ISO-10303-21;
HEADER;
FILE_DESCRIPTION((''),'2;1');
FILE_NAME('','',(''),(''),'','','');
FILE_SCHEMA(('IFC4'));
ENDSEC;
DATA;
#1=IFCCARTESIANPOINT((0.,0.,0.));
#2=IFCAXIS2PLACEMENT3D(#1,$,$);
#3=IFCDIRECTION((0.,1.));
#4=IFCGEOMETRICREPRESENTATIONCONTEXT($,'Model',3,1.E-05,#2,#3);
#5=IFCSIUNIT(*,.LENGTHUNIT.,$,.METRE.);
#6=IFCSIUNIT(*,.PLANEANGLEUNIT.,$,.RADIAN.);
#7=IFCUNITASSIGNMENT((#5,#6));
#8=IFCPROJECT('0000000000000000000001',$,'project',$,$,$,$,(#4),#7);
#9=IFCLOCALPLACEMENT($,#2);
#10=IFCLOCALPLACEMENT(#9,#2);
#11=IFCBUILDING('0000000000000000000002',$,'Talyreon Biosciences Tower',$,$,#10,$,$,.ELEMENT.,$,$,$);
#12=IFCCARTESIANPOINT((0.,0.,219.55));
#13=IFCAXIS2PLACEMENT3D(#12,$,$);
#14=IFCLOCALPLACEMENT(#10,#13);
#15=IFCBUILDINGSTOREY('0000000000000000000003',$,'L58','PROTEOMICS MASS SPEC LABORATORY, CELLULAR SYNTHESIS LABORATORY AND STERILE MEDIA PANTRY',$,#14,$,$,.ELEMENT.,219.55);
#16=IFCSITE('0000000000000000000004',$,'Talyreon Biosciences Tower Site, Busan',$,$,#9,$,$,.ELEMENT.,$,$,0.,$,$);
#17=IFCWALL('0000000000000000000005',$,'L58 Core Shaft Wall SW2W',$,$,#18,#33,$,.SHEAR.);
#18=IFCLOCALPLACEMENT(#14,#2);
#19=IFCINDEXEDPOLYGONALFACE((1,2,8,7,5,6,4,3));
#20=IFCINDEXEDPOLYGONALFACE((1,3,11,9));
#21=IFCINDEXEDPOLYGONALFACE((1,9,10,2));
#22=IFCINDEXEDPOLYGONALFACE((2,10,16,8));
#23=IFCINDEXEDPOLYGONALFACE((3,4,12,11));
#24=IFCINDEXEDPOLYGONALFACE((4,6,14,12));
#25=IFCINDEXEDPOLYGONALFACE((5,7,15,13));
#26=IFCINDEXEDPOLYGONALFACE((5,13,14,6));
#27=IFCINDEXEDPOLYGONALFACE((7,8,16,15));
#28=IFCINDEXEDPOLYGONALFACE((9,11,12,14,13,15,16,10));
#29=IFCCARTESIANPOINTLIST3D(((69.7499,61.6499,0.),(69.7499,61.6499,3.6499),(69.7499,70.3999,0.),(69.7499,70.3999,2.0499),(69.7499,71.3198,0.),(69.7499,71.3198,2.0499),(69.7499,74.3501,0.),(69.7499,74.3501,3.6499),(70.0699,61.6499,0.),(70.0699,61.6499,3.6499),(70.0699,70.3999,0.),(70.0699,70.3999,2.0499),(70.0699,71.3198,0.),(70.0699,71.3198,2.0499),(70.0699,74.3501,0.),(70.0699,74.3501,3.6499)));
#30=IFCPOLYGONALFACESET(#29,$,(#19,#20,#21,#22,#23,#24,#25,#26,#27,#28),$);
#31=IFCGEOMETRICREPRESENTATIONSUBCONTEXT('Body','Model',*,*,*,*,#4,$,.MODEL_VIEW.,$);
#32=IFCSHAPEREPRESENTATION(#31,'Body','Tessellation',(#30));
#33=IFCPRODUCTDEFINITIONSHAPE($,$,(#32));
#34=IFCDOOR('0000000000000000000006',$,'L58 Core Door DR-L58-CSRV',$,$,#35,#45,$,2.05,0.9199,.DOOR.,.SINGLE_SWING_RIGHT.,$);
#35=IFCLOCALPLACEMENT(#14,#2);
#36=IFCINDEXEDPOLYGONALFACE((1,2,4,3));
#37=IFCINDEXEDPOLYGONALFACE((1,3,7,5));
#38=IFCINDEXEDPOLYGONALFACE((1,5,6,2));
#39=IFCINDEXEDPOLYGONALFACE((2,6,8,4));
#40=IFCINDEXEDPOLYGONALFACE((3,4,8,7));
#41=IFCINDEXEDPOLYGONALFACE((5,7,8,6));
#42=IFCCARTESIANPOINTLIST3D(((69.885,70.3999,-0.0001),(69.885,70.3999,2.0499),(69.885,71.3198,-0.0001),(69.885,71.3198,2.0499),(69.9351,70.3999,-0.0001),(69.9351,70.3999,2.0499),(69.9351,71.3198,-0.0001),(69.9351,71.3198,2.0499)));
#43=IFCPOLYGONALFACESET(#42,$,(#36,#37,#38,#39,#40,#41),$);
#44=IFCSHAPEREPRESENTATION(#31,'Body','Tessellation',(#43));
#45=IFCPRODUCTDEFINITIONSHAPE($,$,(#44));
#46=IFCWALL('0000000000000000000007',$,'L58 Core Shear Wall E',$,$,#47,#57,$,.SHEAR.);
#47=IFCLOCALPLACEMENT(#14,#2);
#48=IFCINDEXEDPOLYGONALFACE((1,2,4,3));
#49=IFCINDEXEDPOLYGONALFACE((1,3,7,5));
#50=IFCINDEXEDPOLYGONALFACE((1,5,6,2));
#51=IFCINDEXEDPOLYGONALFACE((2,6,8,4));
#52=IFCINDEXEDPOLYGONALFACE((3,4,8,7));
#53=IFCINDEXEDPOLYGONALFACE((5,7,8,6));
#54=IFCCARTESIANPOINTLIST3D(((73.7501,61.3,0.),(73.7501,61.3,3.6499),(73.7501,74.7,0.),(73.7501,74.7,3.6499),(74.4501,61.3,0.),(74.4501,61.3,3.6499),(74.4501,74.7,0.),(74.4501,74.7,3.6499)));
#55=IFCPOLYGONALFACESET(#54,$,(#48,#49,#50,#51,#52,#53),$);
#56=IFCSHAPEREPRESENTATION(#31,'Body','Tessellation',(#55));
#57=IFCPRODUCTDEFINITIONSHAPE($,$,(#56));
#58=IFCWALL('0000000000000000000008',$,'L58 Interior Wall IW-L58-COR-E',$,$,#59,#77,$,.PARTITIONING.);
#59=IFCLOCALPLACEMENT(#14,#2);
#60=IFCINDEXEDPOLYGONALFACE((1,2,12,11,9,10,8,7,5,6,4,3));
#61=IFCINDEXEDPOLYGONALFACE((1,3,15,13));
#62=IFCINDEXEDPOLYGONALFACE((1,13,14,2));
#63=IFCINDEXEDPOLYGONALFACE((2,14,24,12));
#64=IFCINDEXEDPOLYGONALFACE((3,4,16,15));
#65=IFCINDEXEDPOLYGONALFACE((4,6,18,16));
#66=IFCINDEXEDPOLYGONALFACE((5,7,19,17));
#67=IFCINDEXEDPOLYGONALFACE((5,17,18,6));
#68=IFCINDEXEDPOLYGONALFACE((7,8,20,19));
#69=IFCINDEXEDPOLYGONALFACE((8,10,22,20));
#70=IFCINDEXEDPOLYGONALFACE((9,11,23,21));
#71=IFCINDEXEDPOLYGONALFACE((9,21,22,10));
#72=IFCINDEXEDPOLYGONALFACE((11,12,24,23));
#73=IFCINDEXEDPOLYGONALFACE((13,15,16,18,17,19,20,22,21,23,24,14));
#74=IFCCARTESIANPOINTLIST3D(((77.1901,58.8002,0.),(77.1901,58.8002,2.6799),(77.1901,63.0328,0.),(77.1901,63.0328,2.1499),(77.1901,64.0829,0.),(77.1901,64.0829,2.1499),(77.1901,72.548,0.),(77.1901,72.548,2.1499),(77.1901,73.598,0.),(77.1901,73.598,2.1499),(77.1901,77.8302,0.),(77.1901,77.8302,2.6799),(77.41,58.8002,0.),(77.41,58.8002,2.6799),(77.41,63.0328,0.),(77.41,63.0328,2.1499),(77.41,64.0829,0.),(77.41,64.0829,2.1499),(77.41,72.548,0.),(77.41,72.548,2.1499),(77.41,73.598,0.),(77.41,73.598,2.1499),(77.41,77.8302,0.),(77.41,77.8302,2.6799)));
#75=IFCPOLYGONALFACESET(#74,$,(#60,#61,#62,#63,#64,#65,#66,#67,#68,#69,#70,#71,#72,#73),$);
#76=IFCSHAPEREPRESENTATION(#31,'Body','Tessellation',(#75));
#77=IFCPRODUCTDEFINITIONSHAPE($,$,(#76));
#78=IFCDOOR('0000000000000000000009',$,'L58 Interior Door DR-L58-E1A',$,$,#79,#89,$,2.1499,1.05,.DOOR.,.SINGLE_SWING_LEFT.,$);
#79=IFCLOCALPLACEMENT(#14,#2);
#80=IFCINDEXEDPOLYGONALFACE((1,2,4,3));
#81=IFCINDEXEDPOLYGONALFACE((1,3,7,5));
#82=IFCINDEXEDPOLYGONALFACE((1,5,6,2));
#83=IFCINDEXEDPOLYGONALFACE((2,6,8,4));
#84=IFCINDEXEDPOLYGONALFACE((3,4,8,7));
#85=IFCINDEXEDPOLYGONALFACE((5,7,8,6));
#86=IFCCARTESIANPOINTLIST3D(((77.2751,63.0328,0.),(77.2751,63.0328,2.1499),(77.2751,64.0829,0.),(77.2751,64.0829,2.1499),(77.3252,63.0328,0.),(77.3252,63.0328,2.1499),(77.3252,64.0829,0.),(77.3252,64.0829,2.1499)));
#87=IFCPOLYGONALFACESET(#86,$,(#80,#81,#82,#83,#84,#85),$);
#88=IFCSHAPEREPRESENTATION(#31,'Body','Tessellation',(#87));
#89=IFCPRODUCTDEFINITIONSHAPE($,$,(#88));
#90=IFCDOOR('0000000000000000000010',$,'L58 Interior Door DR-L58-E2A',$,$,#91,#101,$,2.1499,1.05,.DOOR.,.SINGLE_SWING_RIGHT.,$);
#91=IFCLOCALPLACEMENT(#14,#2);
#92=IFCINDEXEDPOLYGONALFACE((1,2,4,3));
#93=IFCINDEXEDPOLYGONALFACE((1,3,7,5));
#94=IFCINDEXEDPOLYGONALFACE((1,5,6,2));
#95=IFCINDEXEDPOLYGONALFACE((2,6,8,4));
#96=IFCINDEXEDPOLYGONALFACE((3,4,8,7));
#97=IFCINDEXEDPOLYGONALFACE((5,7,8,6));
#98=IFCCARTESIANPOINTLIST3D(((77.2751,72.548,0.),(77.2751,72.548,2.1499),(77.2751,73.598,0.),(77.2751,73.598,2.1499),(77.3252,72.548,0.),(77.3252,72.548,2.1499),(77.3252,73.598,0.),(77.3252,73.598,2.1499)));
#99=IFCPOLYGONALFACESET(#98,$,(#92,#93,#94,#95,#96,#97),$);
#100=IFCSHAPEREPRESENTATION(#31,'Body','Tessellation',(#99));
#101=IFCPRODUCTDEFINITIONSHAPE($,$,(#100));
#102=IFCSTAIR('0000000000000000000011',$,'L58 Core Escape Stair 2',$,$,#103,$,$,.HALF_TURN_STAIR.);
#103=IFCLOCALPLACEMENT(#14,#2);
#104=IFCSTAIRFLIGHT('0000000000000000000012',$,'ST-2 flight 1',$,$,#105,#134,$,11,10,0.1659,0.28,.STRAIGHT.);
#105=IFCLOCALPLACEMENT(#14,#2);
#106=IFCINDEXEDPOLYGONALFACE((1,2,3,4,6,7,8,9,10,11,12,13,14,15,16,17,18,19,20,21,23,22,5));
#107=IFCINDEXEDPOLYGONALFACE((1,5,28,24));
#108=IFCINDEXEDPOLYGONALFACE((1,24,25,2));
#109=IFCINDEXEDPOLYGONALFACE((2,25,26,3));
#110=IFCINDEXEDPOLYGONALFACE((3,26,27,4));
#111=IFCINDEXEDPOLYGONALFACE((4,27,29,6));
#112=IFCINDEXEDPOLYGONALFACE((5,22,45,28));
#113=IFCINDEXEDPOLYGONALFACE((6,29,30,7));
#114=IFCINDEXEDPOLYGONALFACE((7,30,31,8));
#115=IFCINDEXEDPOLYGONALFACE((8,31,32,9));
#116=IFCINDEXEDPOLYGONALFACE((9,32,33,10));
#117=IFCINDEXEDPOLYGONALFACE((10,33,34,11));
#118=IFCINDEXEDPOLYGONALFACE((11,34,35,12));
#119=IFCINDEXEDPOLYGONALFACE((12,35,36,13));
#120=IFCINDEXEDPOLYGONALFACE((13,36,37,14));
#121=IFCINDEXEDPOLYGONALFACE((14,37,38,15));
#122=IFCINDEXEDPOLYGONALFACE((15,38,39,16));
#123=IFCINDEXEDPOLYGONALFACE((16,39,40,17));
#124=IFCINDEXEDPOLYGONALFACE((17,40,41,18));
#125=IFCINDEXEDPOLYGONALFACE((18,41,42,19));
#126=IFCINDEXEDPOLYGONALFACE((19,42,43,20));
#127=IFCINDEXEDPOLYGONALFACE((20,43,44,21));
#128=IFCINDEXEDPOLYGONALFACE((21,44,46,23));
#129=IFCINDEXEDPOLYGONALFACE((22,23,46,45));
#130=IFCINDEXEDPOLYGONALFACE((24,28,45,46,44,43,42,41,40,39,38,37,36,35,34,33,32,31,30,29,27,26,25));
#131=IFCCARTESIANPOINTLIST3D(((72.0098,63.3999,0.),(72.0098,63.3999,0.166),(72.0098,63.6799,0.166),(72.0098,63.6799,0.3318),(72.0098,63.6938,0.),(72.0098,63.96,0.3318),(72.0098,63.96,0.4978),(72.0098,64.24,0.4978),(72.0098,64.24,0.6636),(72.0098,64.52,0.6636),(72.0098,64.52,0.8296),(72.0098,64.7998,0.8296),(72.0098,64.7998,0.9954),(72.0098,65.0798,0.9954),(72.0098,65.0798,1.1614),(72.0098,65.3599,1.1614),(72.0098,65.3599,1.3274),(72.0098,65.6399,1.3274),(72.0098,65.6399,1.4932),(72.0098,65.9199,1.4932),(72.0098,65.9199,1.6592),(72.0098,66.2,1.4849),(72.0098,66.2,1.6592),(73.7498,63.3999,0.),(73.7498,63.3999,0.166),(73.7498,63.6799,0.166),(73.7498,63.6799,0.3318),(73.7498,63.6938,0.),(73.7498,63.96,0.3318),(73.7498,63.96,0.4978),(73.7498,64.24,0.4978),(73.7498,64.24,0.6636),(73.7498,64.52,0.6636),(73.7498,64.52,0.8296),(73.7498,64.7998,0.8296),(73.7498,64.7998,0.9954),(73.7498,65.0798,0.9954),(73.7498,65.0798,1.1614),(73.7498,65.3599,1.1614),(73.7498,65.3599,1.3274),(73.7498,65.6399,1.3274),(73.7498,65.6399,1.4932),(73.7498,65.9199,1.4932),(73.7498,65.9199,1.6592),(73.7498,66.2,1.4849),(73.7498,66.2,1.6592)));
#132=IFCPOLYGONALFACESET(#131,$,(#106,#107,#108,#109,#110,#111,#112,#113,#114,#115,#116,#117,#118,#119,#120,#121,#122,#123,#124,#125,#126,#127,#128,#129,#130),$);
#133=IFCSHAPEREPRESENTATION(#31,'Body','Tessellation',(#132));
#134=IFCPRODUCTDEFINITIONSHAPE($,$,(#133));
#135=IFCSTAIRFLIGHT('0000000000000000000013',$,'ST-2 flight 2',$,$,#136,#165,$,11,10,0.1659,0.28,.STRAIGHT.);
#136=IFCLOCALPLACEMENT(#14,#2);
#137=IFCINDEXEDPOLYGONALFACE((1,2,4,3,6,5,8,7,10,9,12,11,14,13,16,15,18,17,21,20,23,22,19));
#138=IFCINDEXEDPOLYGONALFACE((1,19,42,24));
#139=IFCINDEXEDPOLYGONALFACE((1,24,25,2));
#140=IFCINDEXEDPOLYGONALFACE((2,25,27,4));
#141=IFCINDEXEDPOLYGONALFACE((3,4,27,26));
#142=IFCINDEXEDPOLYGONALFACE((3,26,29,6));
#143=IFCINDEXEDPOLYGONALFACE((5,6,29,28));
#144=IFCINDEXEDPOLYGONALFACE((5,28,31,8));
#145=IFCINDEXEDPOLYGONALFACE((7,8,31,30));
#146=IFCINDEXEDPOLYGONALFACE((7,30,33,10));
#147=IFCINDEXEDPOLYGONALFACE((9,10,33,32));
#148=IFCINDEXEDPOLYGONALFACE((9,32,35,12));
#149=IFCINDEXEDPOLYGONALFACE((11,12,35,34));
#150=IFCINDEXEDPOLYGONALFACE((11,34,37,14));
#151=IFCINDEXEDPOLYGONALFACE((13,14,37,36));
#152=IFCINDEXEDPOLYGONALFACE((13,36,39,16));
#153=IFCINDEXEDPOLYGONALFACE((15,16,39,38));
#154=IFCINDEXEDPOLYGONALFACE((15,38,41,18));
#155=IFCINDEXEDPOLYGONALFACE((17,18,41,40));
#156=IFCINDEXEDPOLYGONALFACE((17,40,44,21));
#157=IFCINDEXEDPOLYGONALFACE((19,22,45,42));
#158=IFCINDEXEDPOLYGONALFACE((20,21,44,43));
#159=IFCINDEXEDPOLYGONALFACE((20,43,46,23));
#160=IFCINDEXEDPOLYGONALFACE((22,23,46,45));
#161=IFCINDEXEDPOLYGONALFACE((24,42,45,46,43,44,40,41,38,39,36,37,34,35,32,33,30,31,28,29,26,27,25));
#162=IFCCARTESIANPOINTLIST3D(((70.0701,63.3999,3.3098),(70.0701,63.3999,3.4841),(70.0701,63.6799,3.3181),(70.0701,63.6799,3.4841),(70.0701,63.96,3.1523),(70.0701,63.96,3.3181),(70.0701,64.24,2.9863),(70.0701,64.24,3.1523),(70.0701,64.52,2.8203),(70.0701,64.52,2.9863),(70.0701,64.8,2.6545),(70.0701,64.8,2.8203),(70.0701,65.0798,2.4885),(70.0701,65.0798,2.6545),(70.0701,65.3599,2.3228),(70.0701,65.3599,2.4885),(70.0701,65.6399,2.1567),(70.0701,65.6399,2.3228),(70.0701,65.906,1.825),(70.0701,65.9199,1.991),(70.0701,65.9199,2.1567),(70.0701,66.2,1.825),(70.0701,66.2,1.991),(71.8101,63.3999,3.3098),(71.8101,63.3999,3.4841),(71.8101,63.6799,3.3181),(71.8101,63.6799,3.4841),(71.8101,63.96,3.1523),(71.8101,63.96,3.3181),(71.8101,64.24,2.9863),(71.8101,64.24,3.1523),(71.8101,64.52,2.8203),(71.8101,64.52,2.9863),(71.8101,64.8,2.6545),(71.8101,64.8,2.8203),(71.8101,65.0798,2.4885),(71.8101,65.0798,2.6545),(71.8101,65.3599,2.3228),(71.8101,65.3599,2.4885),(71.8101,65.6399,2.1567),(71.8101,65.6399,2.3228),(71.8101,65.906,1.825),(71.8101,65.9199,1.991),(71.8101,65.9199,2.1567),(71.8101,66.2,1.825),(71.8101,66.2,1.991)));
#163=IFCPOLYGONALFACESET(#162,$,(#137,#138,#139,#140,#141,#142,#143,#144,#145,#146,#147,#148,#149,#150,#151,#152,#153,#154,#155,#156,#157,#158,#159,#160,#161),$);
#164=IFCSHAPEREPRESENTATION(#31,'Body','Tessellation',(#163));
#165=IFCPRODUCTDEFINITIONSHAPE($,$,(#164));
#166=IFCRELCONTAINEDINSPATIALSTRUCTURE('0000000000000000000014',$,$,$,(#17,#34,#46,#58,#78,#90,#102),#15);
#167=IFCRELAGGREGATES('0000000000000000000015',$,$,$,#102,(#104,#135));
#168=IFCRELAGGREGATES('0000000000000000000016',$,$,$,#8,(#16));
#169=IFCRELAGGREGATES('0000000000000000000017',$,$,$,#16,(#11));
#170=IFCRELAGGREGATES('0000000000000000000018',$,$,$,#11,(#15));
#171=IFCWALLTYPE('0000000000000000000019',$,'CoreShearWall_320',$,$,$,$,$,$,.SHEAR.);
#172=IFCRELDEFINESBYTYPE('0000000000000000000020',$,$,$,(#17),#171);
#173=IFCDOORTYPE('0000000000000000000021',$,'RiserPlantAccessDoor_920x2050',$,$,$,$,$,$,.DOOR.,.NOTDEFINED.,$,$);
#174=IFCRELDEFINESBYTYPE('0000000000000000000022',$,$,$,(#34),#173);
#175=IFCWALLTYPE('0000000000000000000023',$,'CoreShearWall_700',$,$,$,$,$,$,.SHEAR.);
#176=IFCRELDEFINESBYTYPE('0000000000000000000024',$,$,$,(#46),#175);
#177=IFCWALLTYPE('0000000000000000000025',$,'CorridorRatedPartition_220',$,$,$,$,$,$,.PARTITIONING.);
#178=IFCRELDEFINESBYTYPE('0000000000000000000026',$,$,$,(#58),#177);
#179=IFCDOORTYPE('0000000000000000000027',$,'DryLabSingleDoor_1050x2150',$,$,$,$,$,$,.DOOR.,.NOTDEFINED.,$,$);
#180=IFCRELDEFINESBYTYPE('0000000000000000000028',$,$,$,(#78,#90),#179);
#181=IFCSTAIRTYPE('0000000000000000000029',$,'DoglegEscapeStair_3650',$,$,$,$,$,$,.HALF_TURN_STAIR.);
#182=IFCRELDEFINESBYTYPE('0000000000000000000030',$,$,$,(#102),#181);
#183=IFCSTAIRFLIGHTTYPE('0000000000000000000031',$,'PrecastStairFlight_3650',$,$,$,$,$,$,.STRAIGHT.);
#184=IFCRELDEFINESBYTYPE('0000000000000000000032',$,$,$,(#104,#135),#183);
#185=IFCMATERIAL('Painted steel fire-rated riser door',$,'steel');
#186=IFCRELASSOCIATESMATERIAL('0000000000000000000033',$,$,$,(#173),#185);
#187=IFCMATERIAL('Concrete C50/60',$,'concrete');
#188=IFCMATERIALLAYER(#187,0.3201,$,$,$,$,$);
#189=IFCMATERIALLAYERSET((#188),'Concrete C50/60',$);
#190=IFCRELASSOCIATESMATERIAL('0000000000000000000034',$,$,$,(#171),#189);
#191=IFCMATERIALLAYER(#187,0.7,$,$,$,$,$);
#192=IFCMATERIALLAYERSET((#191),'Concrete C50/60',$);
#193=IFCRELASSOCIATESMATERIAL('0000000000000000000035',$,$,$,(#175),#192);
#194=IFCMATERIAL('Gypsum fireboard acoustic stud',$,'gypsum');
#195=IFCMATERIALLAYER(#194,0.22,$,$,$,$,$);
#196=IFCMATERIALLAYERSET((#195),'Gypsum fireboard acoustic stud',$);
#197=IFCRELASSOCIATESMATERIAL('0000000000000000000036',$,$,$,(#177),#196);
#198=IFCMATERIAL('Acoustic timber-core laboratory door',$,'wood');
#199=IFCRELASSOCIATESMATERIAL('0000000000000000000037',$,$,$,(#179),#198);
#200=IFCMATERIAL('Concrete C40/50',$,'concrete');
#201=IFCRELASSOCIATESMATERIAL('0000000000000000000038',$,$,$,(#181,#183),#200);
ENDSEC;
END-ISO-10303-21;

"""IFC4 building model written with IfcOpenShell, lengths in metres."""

from ifc_helpers import new_model, si_unit, direction, frame, frame_2d, origin, place, context, subcontext, project, spatial, polyline, rectangle, outline, extrude, material, layer, layer_set, type_object, element, fill, aggregate, save


model = new_model("IFC4")

# Units and contexts
model_context = context("Model", 3, precision=1e-05, world=origin(), true_north=direction((0.0, 1.0)))
body_context = subcontext(model_context, "Body", "Model", "MODEL_VIEW")
ifc_project = project(units=[si_unit("LENGTHUNIT", "METRE"), si_unit("PLANEANGLEUNIT", "RADIAN")], contexts=[model_context])

# Site, building, storey
site_placement = place(None, origin())
site = spatial("IfcSite", under=ifc_project, at=site_placement, Name="Talyreon Biosciences Tower Site, Busan", CompositionType="ELEMENT", RefElevation=0.0)
building_placement = place(site_placement, origin())
building = spatial("IfcBuilding", under=site, at=building_placement, Name="Talyreon Biosciences Tower", CompositionType="ELEMENT")
storey_placement = place(building_placement, frame((0.0, 0.0, 219.55)))
storey = spatial("IfcBuildingStorey", under=building, at=storey_placement, Name="L58", Description="PROTEOMICS MASS SPEC LABORATORY, CELLULAR SYNTHESIS LABORATORY AND STERILE MEDIA PANTRY", CompositionType="ELEMENT", Elevation=219.55)

# Shared definitions
ifc_material_1 = material(Name="Concrete C50/60", Category="concrete")

# Wall, opening, door
ifc_material_2 = material(Name="Painted steel fire-rated riser door", Category="steel")
door_type_1 = type_object("IfcDoorType", Name="RiserPlantAccessDoor_920x2050", OperationType="NOTDEFINED", PredefinedType="DOOR", material=ifc_material_2)
ifc_layer_1 = layer(ifc_material_1, 0.3201)
ifc_layer_set_1 = layer_set([ifc_layer_1], Name="Concrete C50/60")
wall_type_1 = type_object("IfcWallType", Name="CoreShearWall_320", PredefinedType="SHEAR", material=ifc_layer_set_1)
wall_1_placement = place(storey_placement, frame((69.9099, 61.6499, 0.0), z_axis=(0.0, 0.0, 1.0), x_axis=(0.0, 1.0, 0.0)))
wall_1 = element("IfcWall", 1, at=wall_1_placement, inside=storey, type_object=wall_type_1, Name="L58 Core Shaft Wall SW2W", PredefinedType="SHEAR", context=body_context, shape_type="SweptSolid", body=[
    extrude(rectangle(XDim=12.7002, YDim=0.3201, at=frame_2d((6.3501, 0.0))), origin(), (0.0, 0.0, 1.0), 3.6499),
])
opening_1_placement = place(wall_1_placement, frame((8.75, 0.0, 0.0)))
opening_1 = element("IfcOpeningElement", 2, at=opening_1_placement, cuts=wall_1, PredefinedType="OPENING", context=body_context, shape_type="SweptSolid", body=[
    extrude(rectangle(XDim=0.9199, YDim=2.05, at=frame_2d((0.46, 1.0249))), frame((0.0, 0.1699, 0.0), z_axis=(0.0, -1.0, 0.0), x_axis=(1.0, 0.0, 0.0)), (0.0, 0.0, 1.0), 0.3401),
])
door_1_placement = place(opening_1_placement, origin())
door_1 = element("IfcDoor", 3, at=door_1_placement, inside=storey, type_object=door_type_1, Name="L58 Core Door DR-L58-CSRV", OperationType="SINGLE_SWING_RIGHT", OverallHeight=2.05, OverallWidth=0.9199, PredefinedType="DOOR", context=body_context, shape_type="SweptSolid", body=[
    extrude(rectangle(XDim=0.9199, YDim=2.05, at=frame_2d((0.46, 1.0249))), frame((0.0, 0.0249, 0.0), z_axis=(0.0, -1.0, 0.0), x_axis=(1.0, 0.0, 0.0)), (0.0, 0.0, 1.0), 0.05),
])
fill(opening_1, door_1)

# Wall
ifc_layer_2 = layer(ifc_material_1, 0.7)
ifc_layer_set_2 = layer_set([ifc_layer_2], Name="Concrete C50/60")
wall_type_2 = type_object("IfcWallType", Name="CoreShearWall_700", PredefinedType="SHEAR", material=ifc_layer_set_2)
wall_2_placement = place(storey_placement, frame((74.1001, 61.3, 0.0), z_axis=(0.0, 0.0, 1.0), x_axis=(0.0, 1.0, 0.0)))
element("IfcWall", 4, at=wall_2_placement, inside=storey, type_object=wall_type_2, Name="L58 Core Shear Wall E", PredefinedType="SHEAR", context=body_context, shape_type="SweptSolid", body=[
    extrude(rectangle(XDim=13.3999, YDim=0.7, at=frame_2d((6.7, 0.0))), origin(), (0.0, 0.0, 1.0), 3.6499),
])

# Wall, openings, doors
ifc_material_3 = material(Name="Gypsum fireboard acoustic stud", Category="gypsum")
ifc_layer_3 = layer(ifc_material_3, 0.22)
ifc_layer_set_3 = layer_set([ifc_layer_3], Name="Gypsum fireboard acoustic stud")
wall_type_3 = type_object("IfcWallType", Name="CorridorRatedPartition_220", PredefinedType="PARTITIONING", material=ifc_layer_set_3)
wall_3_placement = place(storey_placement, frame((77.3, 58.8, 0.0), z_axis=(0.0, 0.0, 1.0), x_axis=(0.0, 1.0, 0.0)))
wall_3 = element("IfcWall", 5, at=wall_3_placement, inside=storey, type_object=wall_type_3, Name="L58 Interior Wall IW-L58-COR-E", PredefinedType="PARTITIONING", context=body_context, shape_type="SweptSolid", body=[
    extrude(rectangle(XDim=19.03, YDim=0.22, at=frame_2d((9.5151, 0.0))), origin(), (0.0, 0.0, 1.0), 2.6799),
])
opening_2_placement = place(wall_3_placement, frame((4.2329, 0.0, 0.0)))
opening_2 = element("IfcOpeningElement", 6, at=opening_2_placement, cuts=wall_3, PredefinedType="OPENING", context=body_context, shape_type="SweptSolid", body=[
    extrude(rectangle(XDim=1.05, YDim=2.1499, at=frame_2d((0.5249, 1.075))), frame((0.0, 0.1199, 0.0), z_axis=(0.0, -1.0, 0.0), x_axis=(1.0, 0.0, 0.0)), (0.0, 0.0, 1.0), 0.24),
])
opening_3_placement = place(wall_3_placement, frame((13.748, 0.0, 0.0)))
opening_3 = element("IfcOpeningElement", 7, at=opening_3_placement, cuts=wall_3, PredefinedType="OPENING", context=body_context, shape_type="SweptSolid", body=[
    extrude(rectangle(XDim=1.05, YDim=2.1499, at=frame_2d((0.5249, 1.075))), frame((0.0, 0.1199, 0.0), z_axis=(0.0, -1.0, 0.0), x_axis=(1.0, 0.0, 0.0)), (0.0, 0.0, 1.0), 0.24),
])
ifc_material_4 = material(Name="Acoustic timber-core laboratory door", Category="wood")
door_type_2 = type_object("IfcDoorType", Name="DryLabSingleDoor_1050x2150", OperationType="NOTDEFINED", PredefinedType="DOOR", material=ifc_material_4)
door_2_placement = place(opening_2_placement, origin())
door_2 = element("IfcDoor", 8, at=door_2_placement, inside=storey, type_object=door_type_2, Name="L58 Interior Door DR-L58-E1A", OperationType="SINGLE_SWING_LEFT", OverallHeight=2.1499, OverallWidth=1.05, PredefinedType="DOOR", context=body_context, shape_type="SweptSolid", body=[
    extrude(rectangle(XDim=1.05, YDim=2.1499, at=frame_2d((0.5249, 1.075))), frame((0.0, 0.0249, 0.0), z_axis=(0.0, -1.0, 0.0), x_axis=(1.0, 0.0, 0.0)), (0.0, 0.0, 1.0), 0.05),
])
fill(opening_2, door_2)
door_3_placement = place(opening_3_placement, origin())
door_3 = element("IfcDoor", 9, at=door_3_placement, inside=storey, type_object=door_type_2, Name="L58 Interior Door DR-L58-E2A", OperationType="SINGLE_SWING_RIGHT", OverallHeight=2.1499, OverallWidth=1.05, PredefinedType="DOOR", context=body_context, shape_type="SweptSolid", body=[
    extrude(rectangle(XDim=1.05, YDim=2.1499, at=frame_2d((0.5249, 1.075))), frame((0.0, 0.0249, 0.0), z_axis=(0.0, -1.0, 0.0), x_axis=(1.0, 0.0, 0.0)), (0.0, 0.0, 1.0), 0.05),
])
fill(opening_3, door_3)

# Stair, stair flights
ifc_material_5 = material(Name="Concrete C40/50", Category="concrete")
stair_type = type_object("IfcStairType", Name="DoglegEscapeStair_3650", PredefinedType="HALF_TURN_STAIR", material=ifc_material_5)
stair_placement = place(storey_placement, origin())
stair = element("IfcStair", 10, at=stair_placement, inside=storey, type_object=stair_type, Name="L58 Core Escape Stair 2", PredefinedType="HALF_TURN_STAIR")
stair_flight_type = type_object("IfcStairFlightType", Name="PrecastStairFlight_3650", PredefinedType="STRAIGHT", material=ifc_material_5)
stair_flight_1_placement = place(storey_placement, frame((72.8799, 63.3999, 0.0), z_axis=(0.0, 0.0, 1.0), x_axis=(0.0, 1.0, 0.0)))
stair_flight_1 = element("IfcStairFlight", 11, at=stair_flight_1_placement, type_object=stair_flight_type, Name="ST-2 flight 1", NumberOfRisers=11, NumberOfTreads=10, PredefinedType="STRAIGHT", RiserHeight=0.1659, TreadLength=0.28, context=body_context, shape_type="SweptSolid", body=[
    extrude(outline(polyline([(0.0, 0.0), (0.0, 0.166), (0.28, 0.166), (0.28, 0.3318), (0.5601, 0.3318), (0.5601, 0.4978), (0.8401, 0.4978), (0.8401, 0.6636), (1.1201, 0.6636), (1.1201, 0.8296), (1.3999, 0.8296), (1.3999, 0.9954), (1.6799, 0.9954), (1.6799, 1.1614), (1.96, 1.1614), (1.96, 1.3274), (2.24, 1.3274), (2.24, 1.4932), (2.52, 1.4932), (2.52, 1.6592), (2.8, 1.6592), (2.8, 1.825), (2.8, 1.4849), (0.2939, 0.0), (0.0, 0.0)])), frame((0.0, 0.8701, 0.0), z_axis=(0.0, -1.0, 0.0), x_axis=(1.0, 0.0, 0.0)), (0.0, 0.0, 1.0), 1.74),
])
stair_flight_2_placement = place(storey_placement, frame((70.9399, 66.2, 1.825), z_axis=(0.0, 0.0, 1.0), x_axis=(0.0, -1.0, 0.0)))
stair_flight_2 = element("IfcStairFlight", 12, at=stair_flight_2_placement, type_object=stair_flight_type, Name="ST-2 flight 2", NumberOfRisers=11, NumberOfTreads=10, PredefinedType="STRAIGHT", RiserHeight=0.1659, TreadLength=0.28, context=body_context, shape_type="SweptSolid", body=[
    extrude(outline(polyline([(0.0, 0.0), (0.0, 0.166), (0.28, 0.166), (0.28, 0.3318), (0.5601, 0.3318), (0.5601, 0.4978), (0.8401, 0.4978), (0.8401, 0.6636), (1.1201, 0.6636), (1.1201, 0.8296), (1.3999, 0.8296), (1.3999, 0.9954), (1.6799, 0.9954), (1.6799, 1.1614), (1.96, 1.1614), (1.96, 1.3274), (2.24, 1.3274), (2.24, 1.4932), (2.52, 1.4932), (2.52, 1.6592), (2.8, 1.6592), (2.8, 1.825), (2.8, 1.4849), (0.2939, 0.0), (0.0, 0.0)])), frame((0.0, 0.8701, 0.0), z_axis=(0.0, -1.0, 0.0), x_axis=(1.0, 0.0, 0.0)), (0.0, 0.0, 1.0), 1.74),
])
aggregate(stair, [stair_flight_1, stair_flight_2])

save(model, "model.ifc")
